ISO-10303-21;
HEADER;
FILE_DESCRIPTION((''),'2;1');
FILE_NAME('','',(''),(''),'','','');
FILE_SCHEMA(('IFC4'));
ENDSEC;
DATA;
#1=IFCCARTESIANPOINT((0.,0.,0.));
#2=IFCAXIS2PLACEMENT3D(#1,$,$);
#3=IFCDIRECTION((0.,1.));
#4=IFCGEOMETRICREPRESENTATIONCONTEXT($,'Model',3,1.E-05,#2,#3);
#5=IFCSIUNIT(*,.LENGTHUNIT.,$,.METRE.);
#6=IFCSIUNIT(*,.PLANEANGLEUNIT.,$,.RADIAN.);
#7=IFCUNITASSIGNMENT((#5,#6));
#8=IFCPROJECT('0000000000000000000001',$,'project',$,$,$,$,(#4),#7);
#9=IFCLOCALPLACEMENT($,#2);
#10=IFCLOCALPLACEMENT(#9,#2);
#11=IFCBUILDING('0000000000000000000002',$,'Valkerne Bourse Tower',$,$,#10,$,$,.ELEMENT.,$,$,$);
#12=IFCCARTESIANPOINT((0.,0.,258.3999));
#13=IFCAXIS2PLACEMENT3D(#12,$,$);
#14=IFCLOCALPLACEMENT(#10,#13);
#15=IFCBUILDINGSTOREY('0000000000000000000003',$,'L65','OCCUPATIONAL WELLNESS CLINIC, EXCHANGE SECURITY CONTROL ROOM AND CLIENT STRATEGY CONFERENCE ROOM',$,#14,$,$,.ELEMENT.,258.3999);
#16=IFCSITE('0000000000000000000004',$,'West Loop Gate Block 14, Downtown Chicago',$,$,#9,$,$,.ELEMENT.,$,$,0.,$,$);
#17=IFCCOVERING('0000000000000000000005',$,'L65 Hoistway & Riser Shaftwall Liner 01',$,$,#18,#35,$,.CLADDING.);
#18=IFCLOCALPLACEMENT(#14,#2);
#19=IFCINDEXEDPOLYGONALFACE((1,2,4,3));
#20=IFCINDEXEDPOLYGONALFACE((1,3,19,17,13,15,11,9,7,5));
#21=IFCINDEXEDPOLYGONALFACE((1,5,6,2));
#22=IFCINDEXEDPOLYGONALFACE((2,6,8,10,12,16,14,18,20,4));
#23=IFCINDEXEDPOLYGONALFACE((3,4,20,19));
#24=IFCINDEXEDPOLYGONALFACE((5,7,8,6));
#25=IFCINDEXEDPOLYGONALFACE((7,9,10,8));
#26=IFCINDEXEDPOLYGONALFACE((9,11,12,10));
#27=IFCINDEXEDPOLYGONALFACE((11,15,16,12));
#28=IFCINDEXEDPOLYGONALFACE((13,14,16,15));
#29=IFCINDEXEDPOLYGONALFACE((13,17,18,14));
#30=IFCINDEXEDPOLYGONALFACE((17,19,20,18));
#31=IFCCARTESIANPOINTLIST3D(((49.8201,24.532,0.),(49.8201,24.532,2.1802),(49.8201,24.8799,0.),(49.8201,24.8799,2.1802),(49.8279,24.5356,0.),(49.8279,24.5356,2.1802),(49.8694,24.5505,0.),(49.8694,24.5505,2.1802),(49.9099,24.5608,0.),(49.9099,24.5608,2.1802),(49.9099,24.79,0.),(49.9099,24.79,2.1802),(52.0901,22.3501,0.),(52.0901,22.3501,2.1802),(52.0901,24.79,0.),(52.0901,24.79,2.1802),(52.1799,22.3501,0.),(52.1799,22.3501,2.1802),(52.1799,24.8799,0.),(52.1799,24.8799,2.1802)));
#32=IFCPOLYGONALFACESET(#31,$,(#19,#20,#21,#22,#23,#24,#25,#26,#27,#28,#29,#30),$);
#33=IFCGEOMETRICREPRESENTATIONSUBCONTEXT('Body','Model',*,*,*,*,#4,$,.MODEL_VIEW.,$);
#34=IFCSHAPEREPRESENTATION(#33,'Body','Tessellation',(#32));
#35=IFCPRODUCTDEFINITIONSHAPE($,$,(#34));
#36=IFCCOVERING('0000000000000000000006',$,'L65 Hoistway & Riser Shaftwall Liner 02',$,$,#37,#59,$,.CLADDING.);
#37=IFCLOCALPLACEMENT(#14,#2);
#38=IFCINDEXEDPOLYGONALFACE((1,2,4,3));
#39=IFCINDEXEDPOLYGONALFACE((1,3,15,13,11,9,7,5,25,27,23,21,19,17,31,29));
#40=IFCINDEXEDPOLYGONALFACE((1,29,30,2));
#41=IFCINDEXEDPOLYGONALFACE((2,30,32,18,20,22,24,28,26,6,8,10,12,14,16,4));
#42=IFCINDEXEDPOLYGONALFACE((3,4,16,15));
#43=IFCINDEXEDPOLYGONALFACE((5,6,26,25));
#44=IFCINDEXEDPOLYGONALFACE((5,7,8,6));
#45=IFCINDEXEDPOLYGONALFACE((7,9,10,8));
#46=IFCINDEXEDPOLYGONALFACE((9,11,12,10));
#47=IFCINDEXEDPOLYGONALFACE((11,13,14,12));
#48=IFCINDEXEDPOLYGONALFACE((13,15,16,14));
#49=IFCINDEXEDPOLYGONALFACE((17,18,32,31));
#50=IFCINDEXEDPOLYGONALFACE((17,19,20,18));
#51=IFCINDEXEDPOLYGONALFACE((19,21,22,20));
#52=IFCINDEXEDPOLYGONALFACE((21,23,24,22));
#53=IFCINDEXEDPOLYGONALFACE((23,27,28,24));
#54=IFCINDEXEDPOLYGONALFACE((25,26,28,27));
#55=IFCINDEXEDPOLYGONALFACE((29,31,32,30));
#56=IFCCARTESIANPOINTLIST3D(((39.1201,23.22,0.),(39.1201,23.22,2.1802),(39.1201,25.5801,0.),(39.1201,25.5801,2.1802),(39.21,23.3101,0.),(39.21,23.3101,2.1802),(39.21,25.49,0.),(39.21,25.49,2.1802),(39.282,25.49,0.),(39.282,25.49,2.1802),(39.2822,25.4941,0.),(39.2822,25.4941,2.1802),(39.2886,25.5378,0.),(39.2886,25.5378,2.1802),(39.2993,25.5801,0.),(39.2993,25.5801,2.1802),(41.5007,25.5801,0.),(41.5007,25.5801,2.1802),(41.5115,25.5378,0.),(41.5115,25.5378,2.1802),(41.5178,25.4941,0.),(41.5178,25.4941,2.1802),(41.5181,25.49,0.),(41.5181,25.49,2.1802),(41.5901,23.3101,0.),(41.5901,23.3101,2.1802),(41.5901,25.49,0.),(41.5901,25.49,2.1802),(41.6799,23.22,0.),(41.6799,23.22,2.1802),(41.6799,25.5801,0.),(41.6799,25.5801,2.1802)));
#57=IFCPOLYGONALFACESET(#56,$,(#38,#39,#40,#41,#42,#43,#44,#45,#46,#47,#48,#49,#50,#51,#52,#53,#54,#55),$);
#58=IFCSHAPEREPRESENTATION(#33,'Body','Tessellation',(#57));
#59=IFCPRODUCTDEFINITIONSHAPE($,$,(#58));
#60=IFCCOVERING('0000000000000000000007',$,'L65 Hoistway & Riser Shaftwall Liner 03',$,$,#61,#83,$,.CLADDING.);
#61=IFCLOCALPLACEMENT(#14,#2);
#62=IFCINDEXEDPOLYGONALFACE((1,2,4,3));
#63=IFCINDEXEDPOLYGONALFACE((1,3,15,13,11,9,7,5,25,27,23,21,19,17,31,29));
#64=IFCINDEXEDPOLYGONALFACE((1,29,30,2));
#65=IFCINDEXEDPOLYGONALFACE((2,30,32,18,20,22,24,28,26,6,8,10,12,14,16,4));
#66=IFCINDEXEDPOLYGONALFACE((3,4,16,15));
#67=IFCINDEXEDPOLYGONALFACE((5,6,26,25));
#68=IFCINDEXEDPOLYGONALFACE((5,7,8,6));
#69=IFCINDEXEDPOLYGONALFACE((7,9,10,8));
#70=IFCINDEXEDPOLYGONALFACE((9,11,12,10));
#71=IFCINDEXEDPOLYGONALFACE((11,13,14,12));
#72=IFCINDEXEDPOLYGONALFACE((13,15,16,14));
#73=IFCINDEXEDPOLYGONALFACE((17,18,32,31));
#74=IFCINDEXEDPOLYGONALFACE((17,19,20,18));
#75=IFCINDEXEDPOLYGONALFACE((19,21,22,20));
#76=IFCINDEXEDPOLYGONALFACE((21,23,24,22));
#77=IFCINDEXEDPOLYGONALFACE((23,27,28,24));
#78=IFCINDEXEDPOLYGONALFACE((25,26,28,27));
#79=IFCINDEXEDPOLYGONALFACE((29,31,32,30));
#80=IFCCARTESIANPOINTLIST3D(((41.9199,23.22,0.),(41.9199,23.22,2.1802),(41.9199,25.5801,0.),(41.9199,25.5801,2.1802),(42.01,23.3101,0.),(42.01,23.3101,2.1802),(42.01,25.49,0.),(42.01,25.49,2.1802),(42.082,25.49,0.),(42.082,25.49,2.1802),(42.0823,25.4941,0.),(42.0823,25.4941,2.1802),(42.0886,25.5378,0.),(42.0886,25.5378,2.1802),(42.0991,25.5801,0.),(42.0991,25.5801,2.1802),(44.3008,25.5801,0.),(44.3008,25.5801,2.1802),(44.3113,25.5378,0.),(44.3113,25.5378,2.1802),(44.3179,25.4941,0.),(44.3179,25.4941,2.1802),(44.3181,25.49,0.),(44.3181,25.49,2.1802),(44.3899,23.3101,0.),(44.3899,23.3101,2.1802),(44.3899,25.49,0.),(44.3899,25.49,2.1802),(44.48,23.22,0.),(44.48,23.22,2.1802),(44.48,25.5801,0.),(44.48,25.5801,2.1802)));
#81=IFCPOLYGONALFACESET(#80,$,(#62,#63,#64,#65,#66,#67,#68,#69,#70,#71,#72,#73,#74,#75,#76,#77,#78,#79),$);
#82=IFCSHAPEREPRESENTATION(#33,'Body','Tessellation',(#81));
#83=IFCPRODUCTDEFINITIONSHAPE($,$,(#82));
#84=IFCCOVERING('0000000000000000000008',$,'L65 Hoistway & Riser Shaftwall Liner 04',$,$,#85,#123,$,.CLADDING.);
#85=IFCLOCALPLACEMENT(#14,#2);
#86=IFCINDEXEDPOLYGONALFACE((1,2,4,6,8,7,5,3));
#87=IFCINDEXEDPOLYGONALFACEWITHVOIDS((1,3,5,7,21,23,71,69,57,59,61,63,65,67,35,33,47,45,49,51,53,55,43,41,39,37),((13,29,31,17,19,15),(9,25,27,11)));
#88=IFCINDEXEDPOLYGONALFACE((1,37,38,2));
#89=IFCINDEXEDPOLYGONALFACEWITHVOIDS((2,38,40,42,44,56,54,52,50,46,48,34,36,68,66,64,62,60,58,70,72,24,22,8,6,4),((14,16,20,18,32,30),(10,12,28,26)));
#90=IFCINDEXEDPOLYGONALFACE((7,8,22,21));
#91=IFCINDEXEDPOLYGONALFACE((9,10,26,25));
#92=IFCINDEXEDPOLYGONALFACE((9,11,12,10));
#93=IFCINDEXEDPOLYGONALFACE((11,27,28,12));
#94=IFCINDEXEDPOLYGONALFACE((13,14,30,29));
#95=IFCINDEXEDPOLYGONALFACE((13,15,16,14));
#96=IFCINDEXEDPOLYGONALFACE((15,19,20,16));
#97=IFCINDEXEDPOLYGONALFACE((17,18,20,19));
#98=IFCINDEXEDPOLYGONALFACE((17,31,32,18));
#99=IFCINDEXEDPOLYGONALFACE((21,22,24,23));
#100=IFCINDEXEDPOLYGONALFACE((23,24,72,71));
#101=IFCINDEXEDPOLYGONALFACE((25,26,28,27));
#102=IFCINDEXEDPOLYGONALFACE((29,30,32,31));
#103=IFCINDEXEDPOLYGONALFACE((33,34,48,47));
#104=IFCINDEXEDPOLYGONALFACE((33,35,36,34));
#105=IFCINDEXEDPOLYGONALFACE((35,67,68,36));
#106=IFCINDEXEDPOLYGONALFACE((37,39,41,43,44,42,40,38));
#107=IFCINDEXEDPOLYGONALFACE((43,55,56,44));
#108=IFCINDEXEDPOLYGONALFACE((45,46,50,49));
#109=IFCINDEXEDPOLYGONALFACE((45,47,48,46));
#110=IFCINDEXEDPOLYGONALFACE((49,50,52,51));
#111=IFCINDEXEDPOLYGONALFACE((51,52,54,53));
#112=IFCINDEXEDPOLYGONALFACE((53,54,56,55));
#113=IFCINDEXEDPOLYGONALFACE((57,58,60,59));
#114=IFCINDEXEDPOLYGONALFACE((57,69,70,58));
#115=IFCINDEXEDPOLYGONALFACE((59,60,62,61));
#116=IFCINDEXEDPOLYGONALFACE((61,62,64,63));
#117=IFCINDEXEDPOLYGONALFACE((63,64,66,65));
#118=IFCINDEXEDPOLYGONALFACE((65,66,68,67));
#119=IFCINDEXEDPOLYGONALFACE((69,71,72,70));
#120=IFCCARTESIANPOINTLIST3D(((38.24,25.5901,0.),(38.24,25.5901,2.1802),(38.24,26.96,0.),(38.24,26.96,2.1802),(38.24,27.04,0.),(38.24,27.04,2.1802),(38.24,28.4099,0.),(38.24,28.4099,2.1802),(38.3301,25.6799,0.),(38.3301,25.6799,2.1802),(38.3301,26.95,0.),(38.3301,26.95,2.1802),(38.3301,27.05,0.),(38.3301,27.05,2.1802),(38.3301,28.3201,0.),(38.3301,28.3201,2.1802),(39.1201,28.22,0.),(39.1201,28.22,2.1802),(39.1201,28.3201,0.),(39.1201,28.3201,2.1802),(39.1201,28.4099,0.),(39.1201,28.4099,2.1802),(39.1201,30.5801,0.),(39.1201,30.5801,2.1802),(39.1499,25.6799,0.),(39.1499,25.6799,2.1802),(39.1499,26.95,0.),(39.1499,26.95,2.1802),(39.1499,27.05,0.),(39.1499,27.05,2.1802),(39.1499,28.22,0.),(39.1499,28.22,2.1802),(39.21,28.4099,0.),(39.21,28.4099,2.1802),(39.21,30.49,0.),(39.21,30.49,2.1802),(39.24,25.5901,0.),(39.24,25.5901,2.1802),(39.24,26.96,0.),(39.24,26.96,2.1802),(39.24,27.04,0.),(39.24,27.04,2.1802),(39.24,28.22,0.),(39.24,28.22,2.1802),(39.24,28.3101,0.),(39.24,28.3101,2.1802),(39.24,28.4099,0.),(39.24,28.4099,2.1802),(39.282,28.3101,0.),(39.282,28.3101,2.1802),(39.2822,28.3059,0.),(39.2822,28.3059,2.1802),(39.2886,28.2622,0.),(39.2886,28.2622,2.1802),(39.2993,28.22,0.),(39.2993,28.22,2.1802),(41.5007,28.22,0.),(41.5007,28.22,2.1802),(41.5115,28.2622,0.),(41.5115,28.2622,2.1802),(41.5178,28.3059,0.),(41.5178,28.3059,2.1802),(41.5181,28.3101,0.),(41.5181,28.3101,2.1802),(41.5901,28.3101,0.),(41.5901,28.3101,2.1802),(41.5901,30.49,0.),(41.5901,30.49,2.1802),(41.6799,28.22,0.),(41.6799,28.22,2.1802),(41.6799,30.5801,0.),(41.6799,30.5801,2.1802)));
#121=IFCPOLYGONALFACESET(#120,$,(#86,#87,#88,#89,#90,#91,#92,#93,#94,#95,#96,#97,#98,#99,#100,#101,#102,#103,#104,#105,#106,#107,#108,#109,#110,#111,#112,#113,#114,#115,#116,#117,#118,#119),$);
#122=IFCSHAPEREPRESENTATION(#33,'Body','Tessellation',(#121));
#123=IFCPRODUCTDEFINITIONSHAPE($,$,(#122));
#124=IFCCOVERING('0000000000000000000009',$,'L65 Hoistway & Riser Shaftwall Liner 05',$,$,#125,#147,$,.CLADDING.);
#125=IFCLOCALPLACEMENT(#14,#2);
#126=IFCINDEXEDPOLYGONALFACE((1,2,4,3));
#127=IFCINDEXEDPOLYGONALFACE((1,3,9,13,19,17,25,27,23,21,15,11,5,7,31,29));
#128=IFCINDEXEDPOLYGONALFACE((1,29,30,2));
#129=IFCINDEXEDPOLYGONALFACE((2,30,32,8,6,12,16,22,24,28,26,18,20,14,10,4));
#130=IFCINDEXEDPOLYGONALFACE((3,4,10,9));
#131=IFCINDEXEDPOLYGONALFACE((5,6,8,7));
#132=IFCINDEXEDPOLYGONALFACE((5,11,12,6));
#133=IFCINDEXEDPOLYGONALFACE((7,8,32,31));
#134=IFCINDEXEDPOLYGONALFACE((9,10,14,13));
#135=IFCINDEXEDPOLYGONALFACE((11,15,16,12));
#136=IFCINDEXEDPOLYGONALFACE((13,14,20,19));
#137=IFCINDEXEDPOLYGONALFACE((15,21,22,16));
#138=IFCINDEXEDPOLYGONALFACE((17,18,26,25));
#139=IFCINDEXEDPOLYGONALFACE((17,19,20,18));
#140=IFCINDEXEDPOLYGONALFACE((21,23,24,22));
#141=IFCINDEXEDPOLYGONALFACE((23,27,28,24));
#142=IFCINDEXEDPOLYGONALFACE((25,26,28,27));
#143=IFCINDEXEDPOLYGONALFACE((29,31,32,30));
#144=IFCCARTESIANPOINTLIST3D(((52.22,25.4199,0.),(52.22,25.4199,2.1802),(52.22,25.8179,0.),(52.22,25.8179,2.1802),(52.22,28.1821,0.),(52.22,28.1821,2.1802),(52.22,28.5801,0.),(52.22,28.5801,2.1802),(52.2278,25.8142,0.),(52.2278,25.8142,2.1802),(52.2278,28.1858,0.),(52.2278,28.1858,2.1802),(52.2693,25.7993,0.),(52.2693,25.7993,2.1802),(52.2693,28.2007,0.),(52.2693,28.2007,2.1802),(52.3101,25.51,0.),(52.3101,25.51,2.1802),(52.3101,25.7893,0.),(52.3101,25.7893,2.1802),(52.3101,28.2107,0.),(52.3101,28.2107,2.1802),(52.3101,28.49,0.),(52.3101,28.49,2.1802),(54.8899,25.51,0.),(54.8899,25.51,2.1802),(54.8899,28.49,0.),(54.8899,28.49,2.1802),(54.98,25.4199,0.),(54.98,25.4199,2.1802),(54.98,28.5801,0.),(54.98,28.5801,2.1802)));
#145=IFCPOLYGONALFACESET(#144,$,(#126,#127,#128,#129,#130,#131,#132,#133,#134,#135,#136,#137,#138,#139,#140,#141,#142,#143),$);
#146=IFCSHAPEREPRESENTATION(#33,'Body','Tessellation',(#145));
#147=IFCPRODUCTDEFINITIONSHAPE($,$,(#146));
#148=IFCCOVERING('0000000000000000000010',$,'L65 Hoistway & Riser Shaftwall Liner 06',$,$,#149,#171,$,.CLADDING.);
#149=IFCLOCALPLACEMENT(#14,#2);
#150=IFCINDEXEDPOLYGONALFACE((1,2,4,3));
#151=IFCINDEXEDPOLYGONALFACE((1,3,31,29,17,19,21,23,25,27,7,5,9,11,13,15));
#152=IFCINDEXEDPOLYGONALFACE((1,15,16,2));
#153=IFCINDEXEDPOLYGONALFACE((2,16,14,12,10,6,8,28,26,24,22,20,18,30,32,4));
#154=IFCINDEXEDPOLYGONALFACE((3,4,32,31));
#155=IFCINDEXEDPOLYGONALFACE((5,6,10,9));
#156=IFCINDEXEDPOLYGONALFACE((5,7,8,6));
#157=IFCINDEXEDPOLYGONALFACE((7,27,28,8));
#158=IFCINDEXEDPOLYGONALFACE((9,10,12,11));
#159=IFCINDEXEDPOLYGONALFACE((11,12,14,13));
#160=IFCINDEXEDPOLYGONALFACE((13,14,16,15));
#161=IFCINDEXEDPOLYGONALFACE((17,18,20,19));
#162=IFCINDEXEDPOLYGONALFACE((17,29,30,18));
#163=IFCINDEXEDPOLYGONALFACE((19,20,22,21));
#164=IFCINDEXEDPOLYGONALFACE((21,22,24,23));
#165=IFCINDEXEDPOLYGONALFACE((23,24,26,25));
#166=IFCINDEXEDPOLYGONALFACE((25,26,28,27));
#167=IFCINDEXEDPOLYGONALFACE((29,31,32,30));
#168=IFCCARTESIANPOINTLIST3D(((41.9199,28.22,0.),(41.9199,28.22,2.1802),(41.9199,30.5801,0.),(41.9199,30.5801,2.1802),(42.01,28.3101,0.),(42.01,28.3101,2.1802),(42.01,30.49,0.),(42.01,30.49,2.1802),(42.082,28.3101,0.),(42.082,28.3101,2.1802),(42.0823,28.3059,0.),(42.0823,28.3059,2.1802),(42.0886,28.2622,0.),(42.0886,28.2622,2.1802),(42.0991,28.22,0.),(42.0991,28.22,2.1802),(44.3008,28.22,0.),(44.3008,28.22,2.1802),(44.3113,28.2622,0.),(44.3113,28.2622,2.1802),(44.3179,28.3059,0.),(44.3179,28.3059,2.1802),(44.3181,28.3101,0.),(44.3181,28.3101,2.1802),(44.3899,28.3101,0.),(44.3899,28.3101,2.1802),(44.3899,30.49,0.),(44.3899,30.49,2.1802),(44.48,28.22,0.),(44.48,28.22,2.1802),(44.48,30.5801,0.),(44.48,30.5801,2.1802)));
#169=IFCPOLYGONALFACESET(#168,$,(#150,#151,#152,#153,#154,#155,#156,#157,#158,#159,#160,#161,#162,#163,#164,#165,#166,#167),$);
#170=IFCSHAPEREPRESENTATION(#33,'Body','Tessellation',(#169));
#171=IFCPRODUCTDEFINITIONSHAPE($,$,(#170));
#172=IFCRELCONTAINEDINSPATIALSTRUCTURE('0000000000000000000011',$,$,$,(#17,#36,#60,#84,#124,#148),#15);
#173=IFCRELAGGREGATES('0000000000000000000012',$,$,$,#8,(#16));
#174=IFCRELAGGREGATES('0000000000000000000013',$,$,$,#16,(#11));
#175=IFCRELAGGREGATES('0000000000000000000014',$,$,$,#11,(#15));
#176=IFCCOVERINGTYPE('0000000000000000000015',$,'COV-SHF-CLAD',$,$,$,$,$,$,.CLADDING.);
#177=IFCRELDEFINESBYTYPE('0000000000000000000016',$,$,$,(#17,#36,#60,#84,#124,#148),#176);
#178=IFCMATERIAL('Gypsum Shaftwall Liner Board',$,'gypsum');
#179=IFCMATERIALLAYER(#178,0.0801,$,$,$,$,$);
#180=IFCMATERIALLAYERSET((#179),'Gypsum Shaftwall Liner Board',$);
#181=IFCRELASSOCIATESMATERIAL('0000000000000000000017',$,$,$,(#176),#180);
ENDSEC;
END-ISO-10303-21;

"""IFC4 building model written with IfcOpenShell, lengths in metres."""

from ifc_helpers import new_model, si_unit, direction, frame, origin, place, context, subcontext, project, spatial, polyline, outline, extrude, material, layer, layer_set, type_object, element, save


model = new_model("IFC4")

# Units and contexts
model_context = context("Model", 3, precision=1e-05, world=origin(), true_north=direction((0.0, 1.0)))
body_context = subcontext(model_context, "Body", "Model", "MODEL_VIEW")
ifc_project = project(units=[si_unit("LENGTHUNIT", "METRE"), si_unit("PLANEANGLEUNIT", "RADIAN")], contexts=[model_context])

# Site, building, storey
site_placement = place(None, origin())
site = spatial("IfcSite", under=ifc_project, at=site_placement, Name="West Loop Gate Block 14, Downtown Chicago", CompositionType="ELEMENT", RefElevation=0.0)
building_placement = place(site_placement, origin())
building = spatial("IfcBuilding", under=site, at=building_placement, Name="Valkerne Bourse Tower", CompositionType="ELEMENT")
storey_placement = place(building_placement, frame((0.0, 0.0, 258.3999)))
storey = spatial("IfcBuildingStorey", under=building, at=storey_placement, Name="L65", Description="OCCUPATIONAL WELLNESS CLINIC, EXCHANGE SECURITY CONTROL ROOM AND CLIENT STRATEGY CONFERENCE ROOM", CompositionType="ELEMENT", Elevation=258.3999)

# Coverings
ifc_material_1 = material(Name="Gypsum Shaftwall Liner Board", Category="gypsum")
ifc_layer_1 = layer(ifc_material_1, 0.0801)
ifc_layer_set_1 = layer_set([ifc_layer_1], Name="Gypsum Shaftwall Liner Board")
covering_type_1 = type_object("IfcCoveringType", Name="COV-SHF-CLAD", PredefinedType="CLADDING", material=ifc_layer_set_1)
covering_1_placement = place(storey_placement, origin())
element("IfcCovering", 1, at=covering_1_placement, inside=storey, type_object=covering_type_1, Name="L65 Hoistway & Riser Shaftwall Liner 01", PredefinedType="CLADDING", context=body_context, shape_type="SweptSolid", body=[
    extrude(outline(polyline([(52.1799, 24.8799), (52.1799, 22.3501), (52.0901, 22.3501), (52.0901, 24.79), (49.9099, 24.79), (49.9099, 24.5608), (49.8694, 24.5505), (49.8279, 24.5356), (49.8201, 24.532), (49.8201, 24.8799), (52.1799, 24.8799)])), origin(), (0.0, 0.0, 1.0), 2.1802),
])
covering_2_placement = place(storey_placement, origin())
element("IfcCovering", 2, at=covering_2_placement, inside=storey, type_object=covering_type_1, Name="L65 Hoistway & Riser Shaftwall Liner 02", PredefinedType="CLADDING", context=body_context, shape_type="SweptSolid", body=[
    extrude(outline(polyline([(39.2993, 25.5801), (39.2886, 25.5378), (39.2822, 25.4941), (39.282, 25.49), (39.21, 25.49), (39.21, 23.3101), (41.5901, 23.3101), (41.5901, 25.49), (41.5181, 25.49), (41.5178, 25.4941), (41.5115, 25.5378), (41.5007, 25.5801), (41.6799, 25.5801), (41.6799, 23.22), (39.1201, 23.22), (39.1201, 25.5801), (39.2993, 25.5801)])), origin(), (0.0, 0.0, 1.0), 2.1802),
])
covering_3_placement = place(storey_placement, origin())
element("IfcCovering", 3, at=covering_3_placement, inside=storey, type_object=covering_type_1, Name="L65 Hoistway & Riser Shaftwall Liner 03", PredefinedType="CLADDING", context=body_context, shape_type="SweptSolid", body=[
    extrude(outline(polyline([(42.0991, 25.5801), (42.0886, 25.5378), (42.0823, 25.4941), (42.082, 25.49), (42.01, 25.49), (42.01, 23.3101), (44.3899, 23.3101), (44.3899, 25.49), (44.3181, 25.49), (44.3179, 25.4941), (44.3113, 25.5378), (44.3008, 25.5801), (44.48, 25.5801), (44.48, 23.22), (41.9199, 23.22), (41.9199, 25.5801), (42.0991, 25.5801)])), origin(), (0.0, 0.0, 1.0), 2.1802),
])
covering_4_placement = place(storey_placement, origin())
element("IfcCovering", 4, at=covering_4_placement, inside=storey, type_object=covering_type_1, Name="L65 Hoistway & Riser Shaftwall Liner 04", PredefinedType="CLADDING", context=body_context, shape_type="SweptSolid", body=[
    extrude(outline(polyline([(38.24, 27.04), (38.24, 28.4099), (39.1201, 28.4099), (39.1201, 30.5801), (41.6799, 30.5801), (41.6799, 28.22), (41.5007, 28.22), (41.5115, 28.2622), (41.5178, 28.3059), (41.5181, 28.3101), (41.5901, 28.3101), (41.5901, 30.49), (39.21, 30.49), (39.21, 28.4099), (39.24, 28.4099), (39.24, 28.3101), (39.282, 28.3101), (39.2822, 28.3059), (39.2886, 28.2622), (39.2993, 28.22), (39.24, 28.22), (39.24, 27.04), (39.24, 26.96), (39.24, 25.5901), (38.24, 25.5901), (38.24, 26.96), (38.24, 27.04)]), holes=[polyline([(39.1499, 26.95), (38.3301, 26.95), (38.3301, 25.6799), (39.1499, 25.6799), (39.1499, 26.95)]), polyline([(39.1499, 28.22), (39.1201, 28.22), (39.1201, 28.3201), (38.3301, 28.3201), (38.3301, 27.05), (39.1499, 27.05), (39.1499, 28.22)])]), origin(), (0.0, 0.0, 1.0), 2.1802),
])
covering_5_placement = place(storey_placement, origin())
element("IfcCovering", 5, at=covering_5_placement, inside=storey, type_object=covering_type_1, Name="L65 Hoistway & Riser Shaftwall Liner 05", PredefinedType="CLADDING", context=body_context, shape_type="SweptSolid", body=[
    extrude(outline(polyline([(54.98, 28.5801), (54.98, 25.4199), (52.22, 25.4199), (52.22, 25.8179), (52.2278, 25.8142), (52.2693, 25.7993), (52.3101, 25.7893), (52.3101, 25.51), (54.8899, 25.51), (54.8899, 28.49), (52.3101, 28.49), (52.3101, 28.2107), (52.2693, 28.2007), (52.2278, 28.1858), (52.22, 28.1821), (52.22, 28.5801), (54.98, 28.5801)])), origin(), (0.0, 0.0, 1.0), 2.1802),
])
covering_6_placement = place(storey_placement, origin())
element("IfcCovering", 6, at=covering_6_placement, inside=storey, type_object=covering_type_1, Name="L65 Hoistway & Riser Shaftwall Liner 06", PredefinedType="CLADDING", context=body_context, shape_type="SweptSolid", body=[
    extrude(outline(polyline([(44.48, 28.22), (44.3008, 28.22), (44.3113, 28.2622), (44.3179, 28.3059), (44.3181, 28.3101), (44.3899, 28.3101), (44.3899, 30.49), (42.01, 30.49), (42.01, 28.3101), (42.082, 28.3101), (42.0823, 28.3059), (42.0886, 28.2622), (42.0991, 28.22), (41.9199, 28.22), (41.9199, 30.5801), (44.48, 30.5801), (44.48, 28.22)])), origin(), (0.0, 0.0, 1.0), 2.1802),
])

save(model, "model.ifc")
